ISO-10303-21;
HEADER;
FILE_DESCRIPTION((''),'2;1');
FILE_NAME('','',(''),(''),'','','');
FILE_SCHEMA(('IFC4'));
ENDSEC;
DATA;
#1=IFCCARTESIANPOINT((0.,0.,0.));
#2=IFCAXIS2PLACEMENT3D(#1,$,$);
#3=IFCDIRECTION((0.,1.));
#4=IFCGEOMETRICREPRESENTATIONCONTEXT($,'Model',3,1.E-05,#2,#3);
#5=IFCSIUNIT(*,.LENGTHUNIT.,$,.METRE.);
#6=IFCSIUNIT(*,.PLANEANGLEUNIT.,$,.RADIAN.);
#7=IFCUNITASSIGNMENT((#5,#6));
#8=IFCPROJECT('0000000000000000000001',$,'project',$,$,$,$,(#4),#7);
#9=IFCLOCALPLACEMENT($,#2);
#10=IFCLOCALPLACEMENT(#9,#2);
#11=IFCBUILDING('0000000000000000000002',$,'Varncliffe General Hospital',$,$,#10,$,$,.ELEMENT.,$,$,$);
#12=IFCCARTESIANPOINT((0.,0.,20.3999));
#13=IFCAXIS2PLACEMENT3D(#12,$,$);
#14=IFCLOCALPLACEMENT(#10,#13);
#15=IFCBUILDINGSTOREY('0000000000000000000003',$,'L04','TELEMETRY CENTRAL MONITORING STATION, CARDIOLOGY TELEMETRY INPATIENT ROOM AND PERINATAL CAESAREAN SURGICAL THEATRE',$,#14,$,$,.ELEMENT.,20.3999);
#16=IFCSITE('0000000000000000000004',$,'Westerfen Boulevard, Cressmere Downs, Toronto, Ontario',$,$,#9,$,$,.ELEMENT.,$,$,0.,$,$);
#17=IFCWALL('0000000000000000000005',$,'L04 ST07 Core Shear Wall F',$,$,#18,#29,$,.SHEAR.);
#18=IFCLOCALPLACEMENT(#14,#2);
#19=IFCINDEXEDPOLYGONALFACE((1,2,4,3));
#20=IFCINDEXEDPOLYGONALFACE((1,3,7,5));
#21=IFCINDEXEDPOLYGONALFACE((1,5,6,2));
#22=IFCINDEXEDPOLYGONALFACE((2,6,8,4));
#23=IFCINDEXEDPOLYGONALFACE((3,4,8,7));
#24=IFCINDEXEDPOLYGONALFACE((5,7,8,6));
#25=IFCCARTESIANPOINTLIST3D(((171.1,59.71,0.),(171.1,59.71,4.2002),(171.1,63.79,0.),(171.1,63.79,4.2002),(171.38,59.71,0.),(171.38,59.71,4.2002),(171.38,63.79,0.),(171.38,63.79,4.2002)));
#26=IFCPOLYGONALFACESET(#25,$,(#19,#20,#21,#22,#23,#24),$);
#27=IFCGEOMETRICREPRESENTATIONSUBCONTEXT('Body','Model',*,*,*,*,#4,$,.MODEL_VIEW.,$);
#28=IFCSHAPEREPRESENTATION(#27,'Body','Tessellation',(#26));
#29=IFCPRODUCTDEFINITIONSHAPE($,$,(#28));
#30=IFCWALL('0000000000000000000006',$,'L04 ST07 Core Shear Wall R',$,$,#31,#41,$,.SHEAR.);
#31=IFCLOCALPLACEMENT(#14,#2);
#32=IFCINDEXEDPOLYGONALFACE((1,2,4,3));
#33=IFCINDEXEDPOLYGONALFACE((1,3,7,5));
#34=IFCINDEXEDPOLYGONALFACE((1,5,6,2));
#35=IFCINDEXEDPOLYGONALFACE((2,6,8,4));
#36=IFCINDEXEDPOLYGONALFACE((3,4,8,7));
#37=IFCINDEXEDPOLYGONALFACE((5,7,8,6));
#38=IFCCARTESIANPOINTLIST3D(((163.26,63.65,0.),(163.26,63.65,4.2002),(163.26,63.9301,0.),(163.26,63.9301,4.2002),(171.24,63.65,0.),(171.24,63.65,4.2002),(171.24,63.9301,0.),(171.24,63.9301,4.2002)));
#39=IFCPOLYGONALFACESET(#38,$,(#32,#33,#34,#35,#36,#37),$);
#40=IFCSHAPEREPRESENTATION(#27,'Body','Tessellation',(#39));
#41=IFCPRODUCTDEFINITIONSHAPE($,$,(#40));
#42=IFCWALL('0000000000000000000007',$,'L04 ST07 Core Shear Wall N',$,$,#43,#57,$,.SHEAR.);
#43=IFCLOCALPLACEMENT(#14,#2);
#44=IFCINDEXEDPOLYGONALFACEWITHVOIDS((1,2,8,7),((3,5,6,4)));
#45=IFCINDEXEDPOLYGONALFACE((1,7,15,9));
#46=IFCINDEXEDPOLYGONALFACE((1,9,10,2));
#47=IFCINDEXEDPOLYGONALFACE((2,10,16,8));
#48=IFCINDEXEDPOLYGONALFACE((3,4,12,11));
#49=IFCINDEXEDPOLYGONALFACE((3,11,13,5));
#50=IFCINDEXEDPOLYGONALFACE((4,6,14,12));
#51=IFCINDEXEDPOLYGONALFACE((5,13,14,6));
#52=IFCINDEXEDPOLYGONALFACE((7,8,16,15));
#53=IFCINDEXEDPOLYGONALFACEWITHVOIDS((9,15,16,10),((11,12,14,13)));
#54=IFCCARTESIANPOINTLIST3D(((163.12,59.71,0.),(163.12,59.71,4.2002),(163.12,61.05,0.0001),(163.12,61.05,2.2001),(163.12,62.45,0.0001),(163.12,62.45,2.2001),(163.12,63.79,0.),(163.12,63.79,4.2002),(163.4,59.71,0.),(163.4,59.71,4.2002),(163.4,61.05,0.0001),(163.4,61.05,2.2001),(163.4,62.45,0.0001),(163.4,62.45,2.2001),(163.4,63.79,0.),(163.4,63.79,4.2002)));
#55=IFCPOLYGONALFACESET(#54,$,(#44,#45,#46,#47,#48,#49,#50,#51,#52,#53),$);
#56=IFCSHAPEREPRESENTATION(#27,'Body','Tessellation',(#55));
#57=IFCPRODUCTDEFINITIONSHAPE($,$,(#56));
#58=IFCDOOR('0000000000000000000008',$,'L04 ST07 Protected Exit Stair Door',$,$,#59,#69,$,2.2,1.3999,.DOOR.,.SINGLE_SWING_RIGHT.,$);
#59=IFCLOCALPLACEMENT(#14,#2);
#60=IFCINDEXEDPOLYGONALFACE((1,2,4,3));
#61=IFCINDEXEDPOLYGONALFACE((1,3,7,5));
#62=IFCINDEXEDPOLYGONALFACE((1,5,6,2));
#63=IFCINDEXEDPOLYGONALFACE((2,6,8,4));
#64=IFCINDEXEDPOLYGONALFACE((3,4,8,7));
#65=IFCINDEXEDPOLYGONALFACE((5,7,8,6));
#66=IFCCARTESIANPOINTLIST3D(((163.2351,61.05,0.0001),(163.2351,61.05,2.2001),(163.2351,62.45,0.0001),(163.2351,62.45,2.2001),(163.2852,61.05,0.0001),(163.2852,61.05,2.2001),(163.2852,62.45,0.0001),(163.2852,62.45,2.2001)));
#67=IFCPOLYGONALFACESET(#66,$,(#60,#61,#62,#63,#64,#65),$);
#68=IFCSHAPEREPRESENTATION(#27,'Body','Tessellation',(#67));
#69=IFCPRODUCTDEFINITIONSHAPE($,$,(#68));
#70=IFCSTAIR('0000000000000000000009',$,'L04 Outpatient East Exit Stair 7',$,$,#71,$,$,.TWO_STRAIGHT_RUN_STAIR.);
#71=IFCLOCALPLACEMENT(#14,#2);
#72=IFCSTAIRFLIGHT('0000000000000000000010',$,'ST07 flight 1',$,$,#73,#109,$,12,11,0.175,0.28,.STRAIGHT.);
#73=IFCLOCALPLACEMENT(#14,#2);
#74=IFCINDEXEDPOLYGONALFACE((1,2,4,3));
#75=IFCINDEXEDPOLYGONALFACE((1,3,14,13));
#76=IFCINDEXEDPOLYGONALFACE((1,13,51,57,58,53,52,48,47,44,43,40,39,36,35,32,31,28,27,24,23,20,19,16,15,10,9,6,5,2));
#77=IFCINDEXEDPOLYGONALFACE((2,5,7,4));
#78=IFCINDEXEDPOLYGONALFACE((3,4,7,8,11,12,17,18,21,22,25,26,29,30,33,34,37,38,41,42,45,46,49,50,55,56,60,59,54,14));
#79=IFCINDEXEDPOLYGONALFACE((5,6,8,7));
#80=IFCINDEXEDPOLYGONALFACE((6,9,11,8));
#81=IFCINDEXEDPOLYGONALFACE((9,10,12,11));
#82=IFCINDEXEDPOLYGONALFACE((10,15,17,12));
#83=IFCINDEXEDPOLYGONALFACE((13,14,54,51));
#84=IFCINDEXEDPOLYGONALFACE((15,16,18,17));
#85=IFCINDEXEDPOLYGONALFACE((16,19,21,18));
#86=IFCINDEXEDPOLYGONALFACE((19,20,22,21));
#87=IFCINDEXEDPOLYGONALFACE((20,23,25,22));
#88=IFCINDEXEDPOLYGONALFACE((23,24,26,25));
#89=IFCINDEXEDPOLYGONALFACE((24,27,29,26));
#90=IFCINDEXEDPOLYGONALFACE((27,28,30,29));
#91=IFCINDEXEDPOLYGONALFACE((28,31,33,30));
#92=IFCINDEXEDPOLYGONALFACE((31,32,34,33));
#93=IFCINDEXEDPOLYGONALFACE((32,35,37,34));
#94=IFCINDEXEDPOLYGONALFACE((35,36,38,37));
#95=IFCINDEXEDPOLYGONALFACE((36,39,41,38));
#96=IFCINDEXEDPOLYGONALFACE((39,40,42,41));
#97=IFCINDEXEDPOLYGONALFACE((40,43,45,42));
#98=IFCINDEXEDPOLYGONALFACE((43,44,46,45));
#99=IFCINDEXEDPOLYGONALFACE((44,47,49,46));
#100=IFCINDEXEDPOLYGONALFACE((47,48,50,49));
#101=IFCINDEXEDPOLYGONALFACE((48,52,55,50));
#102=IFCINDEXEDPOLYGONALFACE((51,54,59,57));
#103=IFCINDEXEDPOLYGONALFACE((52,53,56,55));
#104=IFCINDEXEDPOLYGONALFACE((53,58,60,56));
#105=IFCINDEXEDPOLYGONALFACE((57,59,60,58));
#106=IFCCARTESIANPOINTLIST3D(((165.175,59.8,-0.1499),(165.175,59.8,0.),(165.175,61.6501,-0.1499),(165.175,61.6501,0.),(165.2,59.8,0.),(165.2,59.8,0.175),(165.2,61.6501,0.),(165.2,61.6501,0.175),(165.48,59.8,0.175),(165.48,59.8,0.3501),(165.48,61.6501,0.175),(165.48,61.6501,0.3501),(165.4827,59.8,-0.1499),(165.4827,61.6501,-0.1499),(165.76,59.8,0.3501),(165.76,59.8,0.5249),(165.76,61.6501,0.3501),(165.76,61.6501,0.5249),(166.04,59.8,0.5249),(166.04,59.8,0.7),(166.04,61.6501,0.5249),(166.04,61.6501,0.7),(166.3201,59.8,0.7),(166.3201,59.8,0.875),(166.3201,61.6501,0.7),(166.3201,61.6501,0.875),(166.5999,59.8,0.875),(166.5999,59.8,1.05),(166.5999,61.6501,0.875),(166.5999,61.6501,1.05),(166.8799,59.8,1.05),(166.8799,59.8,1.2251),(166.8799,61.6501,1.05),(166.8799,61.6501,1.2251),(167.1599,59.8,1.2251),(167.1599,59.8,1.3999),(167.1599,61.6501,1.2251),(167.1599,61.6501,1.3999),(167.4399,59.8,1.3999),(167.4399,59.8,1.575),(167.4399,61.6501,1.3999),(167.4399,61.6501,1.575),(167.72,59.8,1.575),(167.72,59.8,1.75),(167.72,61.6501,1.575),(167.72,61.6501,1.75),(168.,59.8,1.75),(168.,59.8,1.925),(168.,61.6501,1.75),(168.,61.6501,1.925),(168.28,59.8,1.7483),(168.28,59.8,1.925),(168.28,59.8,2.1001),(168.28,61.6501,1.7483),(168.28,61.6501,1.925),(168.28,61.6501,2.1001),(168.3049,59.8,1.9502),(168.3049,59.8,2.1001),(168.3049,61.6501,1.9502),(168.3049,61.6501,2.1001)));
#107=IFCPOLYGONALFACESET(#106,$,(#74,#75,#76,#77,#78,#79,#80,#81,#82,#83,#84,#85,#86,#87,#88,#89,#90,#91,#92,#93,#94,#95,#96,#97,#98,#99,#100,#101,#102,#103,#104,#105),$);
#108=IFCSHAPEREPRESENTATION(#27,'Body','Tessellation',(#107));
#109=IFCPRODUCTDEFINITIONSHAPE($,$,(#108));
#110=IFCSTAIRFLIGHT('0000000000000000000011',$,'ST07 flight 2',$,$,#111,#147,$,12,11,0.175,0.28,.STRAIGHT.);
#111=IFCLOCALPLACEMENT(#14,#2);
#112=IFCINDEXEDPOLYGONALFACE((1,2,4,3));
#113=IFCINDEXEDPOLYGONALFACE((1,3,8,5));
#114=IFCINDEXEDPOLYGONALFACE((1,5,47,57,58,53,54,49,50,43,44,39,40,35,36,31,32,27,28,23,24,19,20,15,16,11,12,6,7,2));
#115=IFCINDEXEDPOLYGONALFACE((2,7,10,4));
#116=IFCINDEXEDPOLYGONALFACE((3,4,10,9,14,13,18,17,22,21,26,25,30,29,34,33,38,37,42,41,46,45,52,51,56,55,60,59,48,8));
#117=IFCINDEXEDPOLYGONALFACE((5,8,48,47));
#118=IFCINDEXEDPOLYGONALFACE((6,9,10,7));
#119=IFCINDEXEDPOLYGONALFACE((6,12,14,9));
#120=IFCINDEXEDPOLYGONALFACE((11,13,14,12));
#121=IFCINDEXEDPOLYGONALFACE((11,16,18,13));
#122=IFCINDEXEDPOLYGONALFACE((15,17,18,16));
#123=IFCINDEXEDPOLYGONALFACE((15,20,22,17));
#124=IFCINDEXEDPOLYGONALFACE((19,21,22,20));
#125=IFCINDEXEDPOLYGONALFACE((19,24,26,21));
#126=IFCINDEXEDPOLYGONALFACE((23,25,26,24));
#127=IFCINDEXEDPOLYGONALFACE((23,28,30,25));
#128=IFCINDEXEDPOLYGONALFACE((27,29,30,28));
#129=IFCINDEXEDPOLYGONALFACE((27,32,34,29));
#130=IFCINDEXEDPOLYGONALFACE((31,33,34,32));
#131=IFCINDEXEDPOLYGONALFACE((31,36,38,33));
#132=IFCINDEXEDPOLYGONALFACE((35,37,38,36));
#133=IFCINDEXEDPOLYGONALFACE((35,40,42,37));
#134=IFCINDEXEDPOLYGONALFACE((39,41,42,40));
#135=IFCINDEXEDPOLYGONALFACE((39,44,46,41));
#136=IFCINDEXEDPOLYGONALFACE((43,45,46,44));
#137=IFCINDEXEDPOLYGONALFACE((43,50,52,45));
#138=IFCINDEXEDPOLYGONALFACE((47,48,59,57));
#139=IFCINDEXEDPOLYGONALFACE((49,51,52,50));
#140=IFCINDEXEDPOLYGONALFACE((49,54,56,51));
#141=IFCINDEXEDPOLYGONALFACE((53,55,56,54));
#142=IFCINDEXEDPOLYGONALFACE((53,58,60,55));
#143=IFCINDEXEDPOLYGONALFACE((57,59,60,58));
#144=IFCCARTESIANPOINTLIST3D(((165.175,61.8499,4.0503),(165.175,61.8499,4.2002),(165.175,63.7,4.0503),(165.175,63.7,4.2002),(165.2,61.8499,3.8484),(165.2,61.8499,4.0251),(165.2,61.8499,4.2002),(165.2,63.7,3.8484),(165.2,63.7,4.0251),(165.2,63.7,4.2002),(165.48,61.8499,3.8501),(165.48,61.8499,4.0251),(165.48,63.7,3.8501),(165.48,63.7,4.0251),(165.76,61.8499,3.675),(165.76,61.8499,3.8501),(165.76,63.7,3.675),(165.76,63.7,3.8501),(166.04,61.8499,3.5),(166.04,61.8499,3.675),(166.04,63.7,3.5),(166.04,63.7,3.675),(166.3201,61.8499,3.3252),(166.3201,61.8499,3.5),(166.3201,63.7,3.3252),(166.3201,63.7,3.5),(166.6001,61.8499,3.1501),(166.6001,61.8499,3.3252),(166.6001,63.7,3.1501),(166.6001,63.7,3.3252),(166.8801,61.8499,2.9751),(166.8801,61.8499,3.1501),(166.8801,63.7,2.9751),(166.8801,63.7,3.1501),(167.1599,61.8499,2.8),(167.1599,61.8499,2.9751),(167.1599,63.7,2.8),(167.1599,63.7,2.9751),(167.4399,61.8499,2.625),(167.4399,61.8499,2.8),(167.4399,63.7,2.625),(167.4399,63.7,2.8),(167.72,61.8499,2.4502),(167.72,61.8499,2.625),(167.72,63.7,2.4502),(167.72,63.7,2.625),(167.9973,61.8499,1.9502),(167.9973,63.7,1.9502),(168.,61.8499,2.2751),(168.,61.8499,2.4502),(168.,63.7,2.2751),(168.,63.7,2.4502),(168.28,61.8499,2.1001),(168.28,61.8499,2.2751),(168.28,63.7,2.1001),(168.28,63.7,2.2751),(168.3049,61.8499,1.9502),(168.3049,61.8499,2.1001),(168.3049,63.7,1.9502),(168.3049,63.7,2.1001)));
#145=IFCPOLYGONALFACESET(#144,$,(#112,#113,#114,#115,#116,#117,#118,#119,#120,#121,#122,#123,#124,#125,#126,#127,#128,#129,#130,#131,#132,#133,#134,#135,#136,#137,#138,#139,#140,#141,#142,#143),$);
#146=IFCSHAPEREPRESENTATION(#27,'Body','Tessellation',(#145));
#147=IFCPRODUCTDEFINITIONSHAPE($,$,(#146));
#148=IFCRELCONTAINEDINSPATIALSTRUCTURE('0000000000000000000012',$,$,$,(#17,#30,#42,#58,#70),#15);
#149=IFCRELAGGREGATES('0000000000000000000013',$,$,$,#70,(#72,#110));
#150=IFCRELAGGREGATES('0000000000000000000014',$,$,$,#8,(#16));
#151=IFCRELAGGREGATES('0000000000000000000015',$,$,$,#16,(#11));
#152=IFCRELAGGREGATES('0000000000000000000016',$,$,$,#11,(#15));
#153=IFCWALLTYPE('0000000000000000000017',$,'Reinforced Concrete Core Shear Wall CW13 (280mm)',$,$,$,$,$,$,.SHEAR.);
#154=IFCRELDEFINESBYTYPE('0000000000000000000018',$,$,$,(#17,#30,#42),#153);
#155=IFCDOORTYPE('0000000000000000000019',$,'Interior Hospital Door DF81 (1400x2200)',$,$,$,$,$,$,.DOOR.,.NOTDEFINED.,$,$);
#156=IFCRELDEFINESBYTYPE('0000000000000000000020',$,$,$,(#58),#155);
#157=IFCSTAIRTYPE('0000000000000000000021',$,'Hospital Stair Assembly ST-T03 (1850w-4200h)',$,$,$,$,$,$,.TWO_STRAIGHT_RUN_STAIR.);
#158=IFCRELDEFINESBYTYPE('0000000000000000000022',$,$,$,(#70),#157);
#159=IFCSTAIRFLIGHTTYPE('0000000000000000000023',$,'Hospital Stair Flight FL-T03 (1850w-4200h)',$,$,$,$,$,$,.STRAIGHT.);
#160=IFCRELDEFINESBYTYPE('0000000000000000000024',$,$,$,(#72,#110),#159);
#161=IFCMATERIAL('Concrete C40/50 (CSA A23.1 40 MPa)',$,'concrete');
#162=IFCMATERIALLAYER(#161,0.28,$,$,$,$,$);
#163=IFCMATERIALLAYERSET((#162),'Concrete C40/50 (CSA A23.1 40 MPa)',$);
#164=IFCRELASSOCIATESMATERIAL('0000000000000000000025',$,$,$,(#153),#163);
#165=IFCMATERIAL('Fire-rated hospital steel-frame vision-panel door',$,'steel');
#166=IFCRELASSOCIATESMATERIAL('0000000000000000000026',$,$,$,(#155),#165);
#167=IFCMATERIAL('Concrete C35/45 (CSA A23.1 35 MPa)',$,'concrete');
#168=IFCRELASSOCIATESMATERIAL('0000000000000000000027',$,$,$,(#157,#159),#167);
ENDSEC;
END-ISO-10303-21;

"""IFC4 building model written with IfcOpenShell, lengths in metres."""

from ifc_helpers import new_model, si_unit, direction, frame, frame_2d, origin, place, context, subcontext, project, spatial, polyline, rectangle, outline, extrude, material, layer, layer_set, type_object, element, fill, aggregate, save


model = new_model("IFC4")

# Units and contexts
model_context = context("Model", 3, precision=1e-05, world=origin(), true_north=direction((0.0, 1.0)))
body_context = subcontext(model_context, "Body", "Model", "MODEL_VIEW")
ifc_project = project(units=[si_unit("LENGTHUNIT", "METRE"), si_unit("PLANEANGLEUNIT", "RADIAN")], contexts=[model_context])

# Site, building, storey
site_placement = place(None, origin())
site = spatial("IfcSite", under=ifc_project, at=site_placement, Name="Westerfen Boulevard, Cressmere Downs, Toronto, Ontario", CompositionType="ELEMENT", RefElevation=0.0)
building_placement = place(site_placement, origin())
building = spatial("IfcBuilding", under=site, at=building_placement, Name="Varncliffe General Hospital", CompositionType="ELEMENT")
storey_placement = place(building_placement, frame((0.0, 0.0, 20.3999)))
storey = spatial("IfcBuildingStorey", under=building, at=storey_placement, Name="L04", Description="TELEMETRY CENTRAL MONITORING STATION, CARDIOLOGY TELEMETRY INPATIENT ROOM AND PERINATAL CAESAREAN SURGICAL THEATRE", CompositionType="ELEMENT", Elevation=20.3999)

# Shared definitions
ifc_material_1 = material(Name="Concrete C40/50 (CSA A23.1 40 MPa)", Category="concrete")

# Shared definitions
ifc_material_2 = material(Name="Concrete C35/45 (CSA A23.1 35 MPa)", Category="concrete")

# Shared definitions
ifc_material_3 = material(Name="Fire-rated hospital steel-frame vision-panel door", Category="steel")

# Walls
ifc_layer_1 = layer(ifc_material_1, 0.28)
ifc_layer_set_1 = layer_set([ifc_layer_1], Name="Concrete C40/50 (CSA A23.1 40 MPa)")
wall_type_1 = type_object("IfcWallType", Name="Reinforced Concrete Core Shear Wall CW13 (280mm)", PredefinedType="SHEAR", material=ifc_layer_set_1)
wall_1_placement = place(storey_placement, frame((171.24, 59.71, 0.0), z_axis=(0.0, 0.0, 1.0), x_axis=(0.0, 1.0, 0.0)))
element("IfcWall", 1, at=wall_1_placement, inside=storey, type_object=wall_type_1, Name="L04 ST07 Core Shear Wall F", PredefinedType="SHEAR", context=body_context, shape_type="SweptSolid", body=[
    extrude(rectangle(XDim=4.0801, YDim=0.28, at=frame_2d((2.04, 0.0))), origin(), (0.0, 0.0, 1.0), 4.2002),
])
wall_2_placement = place(storey_placement, frame((171.24, 63.79, 0.0), z_axis=(0.0, 0.0, 1.0), x_axis=(-1.0, 0.0, 0.0)))
element("IfcWall", 2, at=wall_2_placement, inside=storey, type_object=wall_type_1, Name="L04 ST07 Core Shear Wall R", PredefinedType="SHEAR", context=body_context, shape_type="SweptSolid", body=[
    extrude(rectangle(XDim=7.98, YDim=0.28, at=frame_2d((3.99, 0.0))), origin(), (0.0, 0.0, 1.0), 4.2002),
])

# Wall, opening, door
wall_3_placement = place(storey_placement, frame((163.26, 63.79, 0.0), z_axis=(0.0, 0.0, 1.0), x_axis=(0.0, -1.0, 0.0)))
wall_3 = element("IfcWall", 3, at=wall_3_placement, inside=storey, type_object=wall_type_1, Name="L04 ST07 Core Shear Wall N", PredefinedType="SHEAR", context=body_context, shape_type="SweptSolid", body=[
    extrude(rectangle(XDim=4.0801, YDim=0.28, at=frame_2d((2.04, 0.0))), origin(), (0.0, 0.0, 1.0), 4.2002),
])
opening_1_placement = place(wall_3_placement, frame((1.3401, 0.0, 0.0)))
opening_1 = element("IfcOpeningElement", 4, at=opening_1_placement, cuts=wall_3, PredefinedType="OPENING", context=body_context, shape_type="SweptSolid", body=[
    extrude(rectangle(XDim=1.3999, YDim=2.2, at=frame_2d((0.7, 1.1001))), frame((0.0, 0.1499, 0.0), z_axis=(0.0, -1.0, 0.0), x_axis=(1.0, 0.0, 0.0)), (0.0, 0.0, 1.0), 0.3),
])
door_type_1 = type_object("IfcDoorType", Name="Interior Hospital Door DF81 (1400x2200)", OperationType="NOTDEFINED", PredefinedType="DOOR", material=ifc_material_3)
door_1_placement = place(opening_1_placement, frame((1.3999, 0.0, 0.0), z_axis=(0.0, 0.0, 1.0), x_axis=(-1.0, 0.0, 0.0)))
door_1 = element("IfcDoor", 5, at=door_1_placement, inside=storey, type_object=door_type_1, Name="L04 ST07 Protected Exit Stair Door", OperationType="SINGLE_SWING_RIGHT", OverallHeight=2.2, OverallWidth=1.3999, PredefinedType="DOOR", context=body_context, shape_type="SweptSolid", body=[
    extrude(rectangle(XDim=1.3999, YDim=2.2, at=frame_2d((0.7, 1.1001))), frame((0.0, 0.0249, 0.0), z_axis=(0.0, -1.0, 0.0), x_axis=(1.0, 0.0, 0.0)), (0.0, 0.0, 1.0), 0.05),
])
fill(opening_1, door_1)

# Stair, stair flights
stair_type = type_object("IfcStairType", Name="Hospital Stair Assembly ST-T03 (1850w-4200h)", PredefinedType="TWO_STRAIGHT_RUN_STAIR", material=ifc_material_2)
stair_placement = place(storey_placement, origin())
stair = element("IfcStair", 6, at=stair_placement, inside=storey, type_object=stair_type, Name="L04 Outpatient East Exit Stair 7", PredefinedType="TWO_STRAIGHT_RUN_STAIR")
stair_flight_type = type_object("IfcStairFlightType", Name="Hospital Stair Flight FL-T03 (1850w-4200h)", PredefinedType="STRAIGHT", material=ifc_material_2)
stair_flight_1_placement = place(storey_placement, frame((165.2, 60.7251, 0.0), z_axis=(0.0, 0.0, 1.0), x_axis=(1.0, 0.0, 0.0)))
stair_flight_1 = element("IfcStairFlight", 7, at=stair_flight_1_placement, type_object=stair_flight_type, Name="ST07 flight 1", NumberOfRisers=12, NumberOfTreads=11, PredefinedType="STRAIGHT", RiserHeight=0.175, TreadLength=0.28, context=body_context, shape_type="SweptSolid", body=[
    extrude(outline(polyline([(-0.0249, -0.1499), (-0.0249, 0.0), (0.0, 0.0), (0.0, 0.175), (0.28, 0.175), (0.28, 0.3501), (0.5601, 0.3501), (0.5601, 0.5249), (0.8401, 0.5249), (0.8401, 0.7), (1.1201, 0.7), (1.1201, 0.875), (1.3999, 0.875), (1.3999, 1.05), (1.6799, 1.05), (1.6799, 1.2251), (1.96, 1.2251), (1.96, 1.3999), (2.24, 1.3999), (2.24, 1.575), (2.52, 1.575), (2.52, 1.75), (2.8, 1.75), (2.8, 1.925), (3.0801, 1.925), (3.0801, 2.1001), (3.105, 2.1001), (3.105, 1.9502), (3.0801, 1.7483), (0.2827, -0.1499), (-0.0249, -0.1499)])), frame((0.0, 0.925, 0.0), z_axis=(0.0, -1.0, 0.0), x_axis=(1.0, 0.0, 0.0)), (0.0, 0.0, 1.0), 1.8501),
])
stair_flight_2_placement = place(storey_placement, frame((168.28, 62.7749, 2.1001), z_axis=(0.0, 0.0, 1.0), x_axis=(-1.0, 0.0, 0.0)))
stair_flight_2 = element("IfcStairFlight", 8, at=stair_flight_2_placement, type_object=stair_flight_type, Name="ST07 flight 2", NumberOfRisers=12, NumberOfTreads=11, PredefinedType="STRAIGHT", RiserHeight=0.175, TreadLength=0.28, context=body_context, shape_type="SweptSolid", body=[
    extrude(outline(polyline([(-0.0249, -0.1499), (-0.0249, 0.0), (0.0, 0.0), (0.0, 0.175), (0.28, 0.175), (0.28, 0.3501), (0.5601, 0.3501), (0.5601, 0.5249), (0.8401, 0.5249), (0.8401, 0.7), (1.1201, 0.7), (1.1201, 0.875), (1.3999, 0.875), (1.3999, 1.05), (1.6799, 1.05), (1.6799, 1.2251), (1.96, 1.2251), (1.96, 1.3999), (2.24, 1.3999), (2.24, 1.575), (2.52, 1.575), (2.52, 1.75), (2.8, 1.75), (2.8, 1.925), (3.0801, 1.925), (3.0801, 2.1001), (3.105, 2.1001), (3.105, 1.9502), (3.0801, 1.7483), (0.2827, -0.1499), (-0.0249, -0.1499)])), frame((0.0, 0.925, 0.0), z_axis=(0.0, -1.0, 0.0), x_axis=(1.0, 0.0, 0.0)), (0.0, 0.0, 1.0), 1.8501),
])
aggregate(stair, [stair_flight_1, stair_flight_2])

save(model, "model.ifc")
